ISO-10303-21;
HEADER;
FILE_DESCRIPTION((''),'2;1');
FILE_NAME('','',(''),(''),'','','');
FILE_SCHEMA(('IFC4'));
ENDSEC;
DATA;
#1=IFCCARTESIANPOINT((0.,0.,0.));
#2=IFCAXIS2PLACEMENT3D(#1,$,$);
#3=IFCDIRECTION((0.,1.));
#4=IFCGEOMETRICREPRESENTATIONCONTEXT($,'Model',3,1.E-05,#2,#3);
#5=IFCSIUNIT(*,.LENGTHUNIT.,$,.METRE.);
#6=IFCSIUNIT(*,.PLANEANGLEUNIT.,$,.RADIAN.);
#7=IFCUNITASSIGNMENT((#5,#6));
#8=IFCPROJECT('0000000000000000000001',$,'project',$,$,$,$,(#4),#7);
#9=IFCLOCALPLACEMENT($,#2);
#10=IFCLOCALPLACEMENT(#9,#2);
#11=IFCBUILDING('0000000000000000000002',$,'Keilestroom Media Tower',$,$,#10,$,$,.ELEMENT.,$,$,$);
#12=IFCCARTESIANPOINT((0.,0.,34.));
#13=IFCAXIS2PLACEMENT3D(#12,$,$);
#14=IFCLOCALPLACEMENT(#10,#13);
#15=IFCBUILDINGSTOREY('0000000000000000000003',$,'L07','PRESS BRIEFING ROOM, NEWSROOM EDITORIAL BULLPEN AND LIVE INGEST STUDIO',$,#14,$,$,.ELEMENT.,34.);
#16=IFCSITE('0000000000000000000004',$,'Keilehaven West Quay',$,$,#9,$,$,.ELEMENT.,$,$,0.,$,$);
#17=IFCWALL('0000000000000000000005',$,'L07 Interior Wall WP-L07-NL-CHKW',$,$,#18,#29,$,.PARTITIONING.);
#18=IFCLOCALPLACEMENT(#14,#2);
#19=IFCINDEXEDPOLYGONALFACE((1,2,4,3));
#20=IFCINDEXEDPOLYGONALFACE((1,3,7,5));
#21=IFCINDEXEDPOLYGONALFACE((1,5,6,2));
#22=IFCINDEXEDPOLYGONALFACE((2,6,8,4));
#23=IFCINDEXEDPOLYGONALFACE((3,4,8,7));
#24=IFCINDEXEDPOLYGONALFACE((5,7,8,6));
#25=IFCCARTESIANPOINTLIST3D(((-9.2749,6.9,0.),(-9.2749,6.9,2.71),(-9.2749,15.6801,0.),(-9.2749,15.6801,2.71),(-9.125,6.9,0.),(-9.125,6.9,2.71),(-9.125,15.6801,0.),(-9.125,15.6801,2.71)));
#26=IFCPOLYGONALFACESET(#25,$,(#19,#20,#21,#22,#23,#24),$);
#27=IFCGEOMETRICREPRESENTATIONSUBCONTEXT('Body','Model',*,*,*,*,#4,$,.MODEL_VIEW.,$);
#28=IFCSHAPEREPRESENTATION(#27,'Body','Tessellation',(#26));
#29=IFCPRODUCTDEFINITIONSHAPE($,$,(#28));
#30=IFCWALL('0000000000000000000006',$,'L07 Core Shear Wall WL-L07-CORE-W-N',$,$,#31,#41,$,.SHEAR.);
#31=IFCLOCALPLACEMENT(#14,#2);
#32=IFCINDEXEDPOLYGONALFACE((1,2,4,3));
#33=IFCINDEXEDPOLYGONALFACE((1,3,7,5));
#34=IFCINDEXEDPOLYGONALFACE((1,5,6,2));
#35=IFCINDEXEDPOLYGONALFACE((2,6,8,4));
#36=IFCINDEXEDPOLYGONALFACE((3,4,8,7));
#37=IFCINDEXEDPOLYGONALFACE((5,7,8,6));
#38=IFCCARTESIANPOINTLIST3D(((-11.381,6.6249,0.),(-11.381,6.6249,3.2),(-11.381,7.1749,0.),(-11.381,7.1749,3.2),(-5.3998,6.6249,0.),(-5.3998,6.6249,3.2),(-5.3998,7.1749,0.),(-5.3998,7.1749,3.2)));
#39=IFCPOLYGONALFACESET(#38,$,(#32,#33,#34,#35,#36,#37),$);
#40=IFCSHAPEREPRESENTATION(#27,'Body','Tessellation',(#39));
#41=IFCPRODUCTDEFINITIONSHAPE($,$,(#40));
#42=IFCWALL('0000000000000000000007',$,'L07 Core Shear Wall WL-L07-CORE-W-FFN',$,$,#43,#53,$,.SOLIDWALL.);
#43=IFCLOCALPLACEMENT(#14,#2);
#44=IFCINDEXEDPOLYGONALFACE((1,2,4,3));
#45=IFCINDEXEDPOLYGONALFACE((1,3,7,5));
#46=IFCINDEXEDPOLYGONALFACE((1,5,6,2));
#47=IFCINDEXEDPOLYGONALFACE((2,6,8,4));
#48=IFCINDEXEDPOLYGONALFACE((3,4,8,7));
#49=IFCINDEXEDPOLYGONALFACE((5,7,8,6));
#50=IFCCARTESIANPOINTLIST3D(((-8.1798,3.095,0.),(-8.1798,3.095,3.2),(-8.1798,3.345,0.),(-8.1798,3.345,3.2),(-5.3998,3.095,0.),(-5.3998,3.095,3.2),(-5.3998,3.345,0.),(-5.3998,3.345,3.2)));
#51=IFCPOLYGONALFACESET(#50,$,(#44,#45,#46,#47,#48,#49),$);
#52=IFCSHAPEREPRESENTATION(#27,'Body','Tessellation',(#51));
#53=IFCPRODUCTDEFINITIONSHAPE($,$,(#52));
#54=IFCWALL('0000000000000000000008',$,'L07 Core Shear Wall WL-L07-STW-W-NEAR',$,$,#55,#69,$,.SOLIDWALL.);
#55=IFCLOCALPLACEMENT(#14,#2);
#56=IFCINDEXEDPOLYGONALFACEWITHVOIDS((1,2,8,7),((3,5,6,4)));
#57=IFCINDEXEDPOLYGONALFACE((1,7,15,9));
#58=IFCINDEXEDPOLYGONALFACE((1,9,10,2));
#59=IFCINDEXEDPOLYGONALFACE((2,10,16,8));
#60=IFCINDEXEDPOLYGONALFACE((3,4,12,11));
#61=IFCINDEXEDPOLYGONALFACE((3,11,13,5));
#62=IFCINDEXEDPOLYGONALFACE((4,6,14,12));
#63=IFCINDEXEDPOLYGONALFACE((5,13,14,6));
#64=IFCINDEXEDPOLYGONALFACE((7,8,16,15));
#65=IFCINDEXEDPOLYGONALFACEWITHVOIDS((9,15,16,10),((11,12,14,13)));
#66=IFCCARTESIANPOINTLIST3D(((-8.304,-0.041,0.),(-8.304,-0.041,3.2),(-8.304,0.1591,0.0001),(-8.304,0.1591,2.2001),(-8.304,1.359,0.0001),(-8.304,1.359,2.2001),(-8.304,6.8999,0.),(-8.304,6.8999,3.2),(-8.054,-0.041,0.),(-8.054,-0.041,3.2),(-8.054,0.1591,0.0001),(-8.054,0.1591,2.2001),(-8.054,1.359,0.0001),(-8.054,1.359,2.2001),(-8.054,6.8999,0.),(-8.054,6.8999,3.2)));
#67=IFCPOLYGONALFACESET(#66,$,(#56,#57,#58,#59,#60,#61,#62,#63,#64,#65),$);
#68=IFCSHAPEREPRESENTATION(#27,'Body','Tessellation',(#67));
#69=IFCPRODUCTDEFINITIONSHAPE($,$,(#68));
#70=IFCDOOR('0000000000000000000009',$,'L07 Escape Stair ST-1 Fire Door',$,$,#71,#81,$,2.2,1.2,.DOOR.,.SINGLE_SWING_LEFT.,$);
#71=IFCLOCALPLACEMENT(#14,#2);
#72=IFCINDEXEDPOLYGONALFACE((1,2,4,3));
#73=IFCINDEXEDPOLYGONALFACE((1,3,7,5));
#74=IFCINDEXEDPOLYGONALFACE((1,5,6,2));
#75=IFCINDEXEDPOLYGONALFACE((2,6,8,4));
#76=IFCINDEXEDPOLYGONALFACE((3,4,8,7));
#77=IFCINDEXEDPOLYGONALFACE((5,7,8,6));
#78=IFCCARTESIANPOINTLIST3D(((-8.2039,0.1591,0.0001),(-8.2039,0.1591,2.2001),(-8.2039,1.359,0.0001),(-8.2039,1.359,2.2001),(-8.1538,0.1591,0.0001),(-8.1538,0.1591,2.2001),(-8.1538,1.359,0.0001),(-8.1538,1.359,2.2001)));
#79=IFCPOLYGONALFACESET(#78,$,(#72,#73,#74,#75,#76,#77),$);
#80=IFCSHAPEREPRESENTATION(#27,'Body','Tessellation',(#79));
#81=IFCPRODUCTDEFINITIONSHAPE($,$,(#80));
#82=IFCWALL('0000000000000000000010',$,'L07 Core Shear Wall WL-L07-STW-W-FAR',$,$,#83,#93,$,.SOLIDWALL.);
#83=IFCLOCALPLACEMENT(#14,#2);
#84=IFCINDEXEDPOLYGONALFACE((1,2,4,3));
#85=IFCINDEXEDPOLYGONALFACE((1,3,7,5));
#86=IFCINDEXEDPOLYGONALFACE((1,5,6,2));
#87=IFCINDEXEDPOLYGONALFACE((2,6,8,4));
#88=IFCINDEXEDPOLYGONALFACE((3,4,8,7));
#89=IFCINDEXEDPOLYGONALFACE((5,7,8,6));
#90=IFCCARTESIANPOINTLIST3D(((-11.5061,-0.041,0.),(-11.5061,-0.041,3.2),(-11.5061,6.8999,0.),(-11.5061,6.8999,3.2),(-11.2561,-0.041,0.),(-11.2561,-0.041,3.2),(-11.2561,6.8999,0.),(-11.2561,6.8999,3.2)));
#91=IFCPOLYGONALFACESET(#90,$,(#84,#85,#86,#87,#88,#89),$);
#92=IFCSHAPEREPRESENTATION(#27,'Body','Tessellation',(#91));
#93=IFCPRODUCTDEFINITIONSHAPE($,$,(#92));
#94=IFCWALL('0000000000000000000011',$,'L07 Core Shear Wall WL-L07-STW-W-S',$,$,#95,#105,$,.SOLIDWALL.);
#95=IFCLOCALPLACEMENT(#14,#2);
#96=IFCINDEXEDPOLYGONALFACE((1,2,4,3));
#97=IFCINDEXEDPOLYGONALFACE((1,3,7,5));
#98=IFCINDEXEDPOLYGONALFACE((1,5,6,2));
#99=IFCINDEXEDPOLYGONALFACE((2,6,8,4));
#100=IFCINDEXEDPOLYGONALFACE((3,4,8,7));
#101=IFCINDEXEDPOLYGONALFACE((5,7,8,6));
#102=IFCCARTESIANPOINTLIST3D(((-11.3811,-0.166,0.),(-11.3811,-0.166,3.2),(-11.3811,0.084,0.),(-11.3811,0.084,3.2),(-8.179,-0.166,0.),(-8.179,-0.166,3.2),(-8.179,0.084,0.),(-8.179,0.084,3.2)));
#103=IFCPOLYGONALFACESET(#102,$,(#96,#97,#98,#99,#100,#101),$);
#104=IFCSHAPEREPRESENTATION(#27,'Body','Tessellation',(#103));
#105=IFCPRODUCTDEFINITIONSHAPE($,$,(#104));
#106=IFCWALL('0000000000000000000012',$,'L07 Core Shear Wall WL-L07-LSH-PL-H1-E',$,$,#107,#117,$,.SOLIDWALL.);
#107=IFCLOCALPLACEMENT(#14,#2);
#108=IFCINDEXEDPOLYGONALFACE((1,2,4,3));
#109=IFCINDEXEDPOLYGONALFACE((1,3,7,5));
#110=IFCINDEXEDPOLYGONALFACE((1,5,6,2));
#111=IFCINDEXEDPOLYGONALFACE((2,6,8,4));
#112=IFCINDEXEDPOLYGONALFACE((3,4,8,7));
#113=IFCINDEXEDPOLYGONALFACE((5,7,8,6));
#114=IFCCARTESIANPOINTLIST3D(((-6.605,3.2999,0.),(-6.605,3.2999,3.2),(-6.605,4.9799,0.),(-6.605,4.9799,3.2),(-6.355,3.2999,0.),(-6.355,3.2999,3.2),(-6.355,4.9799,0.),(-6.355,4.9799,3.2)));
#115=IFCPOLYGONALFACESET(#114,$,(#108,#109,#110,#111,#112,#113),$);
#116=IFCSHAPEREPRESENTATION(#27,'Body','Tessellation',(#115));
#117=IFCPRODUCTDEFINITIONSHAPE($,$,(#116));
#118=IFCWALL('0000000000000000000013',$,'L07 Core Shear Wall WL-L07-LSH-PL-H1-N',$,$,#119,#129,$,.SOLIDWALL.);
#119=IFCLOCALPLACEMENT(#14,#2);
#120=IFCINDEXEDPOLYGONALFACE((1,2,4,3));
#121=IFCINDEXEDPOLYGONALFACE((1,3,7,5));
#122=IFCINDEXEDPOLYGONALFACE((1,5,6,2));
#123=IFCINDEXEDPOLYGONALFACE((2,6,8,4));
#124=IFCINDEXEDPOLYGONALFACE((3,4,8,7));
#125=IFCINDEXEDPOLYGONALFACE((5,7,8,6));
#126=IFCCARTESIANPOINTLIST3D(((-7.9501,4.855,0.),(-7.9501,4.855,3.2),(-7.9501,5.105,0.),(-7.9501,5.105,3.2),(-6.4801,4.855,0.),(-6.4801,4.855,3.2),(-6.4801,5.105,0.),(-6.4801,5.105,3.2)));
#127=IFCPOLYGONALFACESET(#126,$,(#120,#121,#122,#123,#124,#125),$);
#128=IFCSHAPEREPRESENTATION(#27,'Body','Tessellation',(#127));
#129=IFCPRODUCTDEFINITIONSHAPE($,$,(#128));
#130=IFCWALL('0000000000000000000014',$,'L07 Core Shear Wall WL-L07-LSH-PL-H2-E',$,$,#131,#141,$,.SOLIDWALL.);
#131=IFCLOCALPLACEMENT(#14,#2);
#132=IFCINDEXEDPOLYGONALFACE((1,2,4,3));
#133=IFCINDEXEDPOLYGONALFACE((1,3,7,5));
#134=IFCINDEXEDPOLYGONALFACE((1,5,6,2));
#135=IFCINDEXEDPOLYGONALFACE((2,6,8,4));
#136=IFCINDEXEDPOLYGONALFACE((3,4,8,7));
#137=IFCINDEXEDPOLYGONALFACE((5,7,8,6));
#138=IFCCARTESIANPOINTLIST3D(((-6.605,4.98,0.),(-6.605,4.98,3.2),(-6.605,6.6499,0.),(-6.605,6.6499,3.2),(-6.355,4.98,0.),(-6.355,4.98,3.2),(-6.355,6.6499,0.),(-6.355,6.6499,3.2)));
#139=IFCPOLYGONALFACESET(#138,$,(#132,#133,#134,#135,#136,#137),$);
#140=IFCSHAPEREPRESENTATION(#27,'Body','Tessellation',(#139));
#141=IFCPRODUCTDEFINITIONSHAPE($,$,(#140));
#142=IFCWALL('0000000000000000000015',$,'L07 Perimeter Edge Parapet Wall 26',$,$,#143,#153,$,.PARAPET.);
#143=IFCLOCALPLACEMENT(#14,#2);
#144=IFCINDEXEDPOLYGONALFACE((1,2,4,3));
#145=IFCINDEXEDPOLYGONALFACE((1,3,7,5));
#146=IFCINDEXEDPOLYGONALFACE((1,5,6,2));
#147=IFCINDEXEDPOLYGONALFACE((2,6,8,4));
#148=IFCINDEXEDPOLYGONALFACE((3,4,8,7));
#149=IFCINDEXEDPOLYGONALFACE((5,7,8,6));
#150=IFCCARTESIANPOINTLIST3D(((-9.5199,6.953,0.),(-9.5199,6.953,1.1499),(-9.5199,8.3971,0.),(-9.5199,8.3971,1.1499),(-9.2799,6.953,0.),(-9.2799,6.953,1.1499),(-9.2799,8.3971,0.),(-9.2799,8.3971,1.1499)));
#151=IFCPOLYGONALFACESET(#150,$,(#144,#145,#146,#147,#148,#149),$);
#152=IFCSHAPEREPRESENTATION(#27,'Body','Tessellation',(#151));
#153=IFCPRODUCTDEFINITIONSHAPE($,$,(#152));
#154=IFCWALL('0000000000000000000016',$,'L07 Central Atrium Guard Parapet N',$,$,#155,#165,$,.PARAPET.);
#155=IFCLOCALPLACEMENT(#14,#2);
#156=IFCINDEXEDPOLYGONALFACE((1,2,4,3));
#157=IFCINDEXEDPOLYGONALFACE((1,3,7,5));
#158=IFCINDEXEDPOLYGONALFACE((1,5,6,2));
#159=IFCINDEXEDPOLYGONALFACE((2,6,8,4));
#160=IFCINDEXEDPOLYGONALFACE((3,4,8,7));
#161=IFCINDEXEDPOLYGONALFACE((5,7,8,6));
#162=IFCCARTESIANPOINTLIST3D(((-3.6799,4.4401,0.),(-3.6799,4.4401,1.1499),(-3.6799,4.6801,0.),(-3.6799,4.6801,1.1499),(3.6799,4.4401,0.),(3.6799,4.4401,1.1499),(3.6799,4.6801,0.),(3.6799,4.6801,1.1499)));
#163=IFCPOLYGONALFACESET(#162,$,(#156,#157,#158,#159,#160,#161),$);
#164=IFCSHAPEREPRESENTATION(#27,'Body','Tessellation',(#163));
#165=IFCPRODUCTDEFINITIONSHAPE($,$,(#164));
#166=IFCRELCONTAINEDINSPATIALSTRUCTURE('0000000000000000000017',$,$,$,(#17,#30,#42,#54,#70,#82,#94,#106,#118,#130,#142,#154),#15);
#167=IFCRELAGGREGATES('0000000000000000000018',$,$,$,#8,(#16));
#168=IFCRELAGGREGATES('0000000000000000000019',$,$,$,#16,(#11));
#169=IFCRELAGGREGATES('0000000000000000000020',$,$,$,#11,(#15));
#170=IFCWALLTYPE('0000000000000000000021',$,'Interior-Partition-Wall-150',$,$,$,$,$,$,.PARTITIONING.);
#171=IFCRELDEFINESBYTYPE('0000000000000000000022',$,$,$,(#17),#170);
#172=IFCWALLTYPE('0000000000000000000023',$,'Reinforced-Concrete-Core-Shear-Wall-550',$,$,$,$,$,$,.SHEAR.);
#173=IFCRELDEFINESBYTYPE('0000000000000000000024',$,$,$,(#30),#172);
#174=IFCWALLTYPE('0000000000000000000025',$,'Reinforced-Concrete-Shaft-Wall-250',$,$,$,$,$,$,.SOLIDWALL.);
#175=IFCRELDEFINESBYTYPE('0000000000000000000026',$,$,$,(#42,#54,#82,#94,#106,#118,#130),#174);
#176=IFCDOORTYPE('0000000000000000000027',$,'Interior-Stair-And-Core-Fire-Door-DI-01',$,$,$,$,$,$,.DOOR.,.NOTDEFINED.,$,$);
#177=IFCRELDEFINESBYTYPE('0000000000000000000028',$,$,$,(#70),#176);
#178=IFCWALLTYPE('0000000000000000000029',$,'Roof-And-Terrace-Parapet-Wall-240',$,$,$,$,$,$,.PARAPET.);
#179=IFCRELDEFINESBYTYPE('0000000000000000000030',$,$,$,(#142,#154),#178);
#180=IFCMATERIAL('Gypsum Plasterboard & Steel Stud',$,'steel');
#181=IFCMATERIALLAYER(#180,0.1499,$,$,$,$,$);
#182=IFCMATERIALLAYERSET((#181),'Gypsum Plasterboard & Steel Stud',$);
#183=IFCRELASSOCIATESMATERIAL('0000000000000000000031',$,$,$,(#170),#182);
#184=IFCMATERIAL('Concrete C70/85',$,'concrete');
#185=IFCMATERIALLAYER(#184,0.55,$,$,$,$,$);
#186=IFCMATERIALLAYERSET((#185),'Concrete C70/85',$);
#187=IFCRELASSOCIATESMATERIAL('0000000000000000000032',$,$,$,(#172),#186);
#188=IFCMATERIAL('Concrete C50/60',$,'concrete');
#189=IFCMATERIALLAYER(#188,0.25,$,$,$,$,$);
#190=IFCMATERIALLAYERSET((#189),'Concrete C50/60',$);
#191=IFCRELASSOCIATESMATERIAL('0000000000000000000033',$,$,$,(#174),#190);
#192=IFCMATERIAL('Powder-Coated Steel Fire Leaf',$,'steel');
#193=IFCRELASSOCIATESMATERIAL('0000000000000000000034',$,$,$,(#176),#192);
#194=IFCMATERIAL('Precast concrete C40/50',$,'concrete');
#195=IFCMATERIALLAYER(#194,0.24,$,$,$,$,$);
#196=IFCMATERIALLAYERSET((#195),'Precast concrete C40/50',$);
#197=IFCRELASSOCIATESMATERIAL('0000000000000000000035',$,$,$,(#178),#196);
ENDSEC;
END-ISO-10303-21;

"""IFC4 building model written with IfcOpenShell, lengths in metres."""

from ifc_helpers import new_model, si_unit, direction, frame, frame_2d, origin, place, context, subcontext, project, spatial, rectangle, extrude, source, transform, mapped, material, layer, layer_set, type_object, element, fill, save


model = new_model("IFC4")

# Units and contexts
model_context = context("Model", 3, precision=1e-05, world=origin(), true_north=direction((0.0, 1.0)))
body_context = subcontext(model_context, "Body", "Model", "MODEL_VIEW")
ifc_project = project(units=[si_unit("LENGTHUNIT", "METRE"), si_unit("PLANEANGLEUNIT", "RADIAN")], contexts=[model_context])

# Site, building, storey
site_placement = place(None, origin())
site = spatial("IfcSite", under=ifc_project, at=site_placement, Name="Keilehaven West Quay", CompositionType="ELEMENT", RefElevation=0.0)
building_placement = place(site_placement, origin())
building = spatial("IfcBuilding", under=site, at=building_placement, Name="Keilestroom Media Tower", CompositionType="ELEMENT")
storey_placement = place(building_placement, frame((0.0, 0.0, 34.0)))
storey = spatial("IfcBuildingStorey", under=building, at=storey_placement, Name="L07", Description="PRESS BRIEFING ROOM, NEWSROOM EDITORIAL BULLPEN AND LIVE INGEST STUDIO", CompositionType="ELEMENT", Elevation=34.0)

# Shared definitions
ifc_material_1 = material(Name="Concrete C70/85", Category="concrete")

# Shared definitions
ifc_material_2 = material(Name="Concrete C50/60", Category="concrete")

# Walls
ifc_material_3 = material(Name="Gypsum Plasterboard & Steel Stud", Category="steel")
ifc_layer_1 = layer(ifc_material_3, 0.1499)
ifc_layer_set_1 = layer_set([ifc_layer_1], Name="Gypsum Plasterboard & Steel Stud")
wall_type_1 = type_object("IfcWallType", Name="Interior-Partition-Wall-150", PredefinedType="PARTITIONING", material=ifc_layer_set_1)
wall_1_placement = place(storey_placement, frame((-9.2, 6.8999, 0.0), z_axis=(0.0, 0.0, 1.0), x_axis=(0.0, 1.0, 0.0)))
element("IfcWall", 1, at=wall_1_placement, inside=storey, type_object=wall_type_1, Name="L07 Interior Wall WP-L07-NL-CHKW", PredefinedType="PARTITIONING", context=body_context, shape_type="SweptSolid", body=[
    extrude(rectangle(XDim=8.78, YDim=0.1499, at=frame_2d((4.3901, 0.0))), origin(), (0.0, 0.0, 1.0), 2.71),
])
ifc_layer_2 = layer(ifc_material_1, 0.55)
ifc_layer_set_2 = layer_set([ifc_layer_2], Name="Concrete C70/85")
wall_type_2 = type_object("IfcWallType", Name="Reinforced-Concrete-Core-Shear-Wall-550", PredefinedType="SHEAR", material=ifc_layer_set_2)
wall_2_placement = place(storey_placement, frame((-11.3811, 6.8999, 0.0), z_axis=(0.0, 0.0, 1.0), x_axis=(1.0, 0.0, 0.0)))
element("IfcWall", 2, at=wall_2_placement, inside=storey, type_object=wall_type_2, Name="L07 Core Shear Wall WL-L07-CORE-W-N", PredefinedType="SHEAR", context=body_context, shape_type="SweptSolid", body=[
    extrude(rectangle(XDim=5.9812, YDim=0.55, at=frame_2d((2.9907, 0.0))), origin(), (0.0, 0.0, 1.0), 3.2),
])
ifc_layer_3 = layer(ifc_material_2, 0.25)
ifc_layer_set_3 = layer_set([ifc_layer_3], Name="Concrete C50/60")
wall_type_3 = type_object("IfcWallType", Name="Reinforced-Concrete-Shaft-Wall-250", PredefinedType="SOLIDWALL", material=ifc_layer_set_3)
wall_3_placement = place(storey_placement, frame((-8.1799, 3.22, 0.0), z_axis=(0.0, 0.0, 1.0), x_axis=(1.0, 0.0, 0.0)))
element("IfcWall", 3, at=wall_3_placement, inside=storey, type_object=wall_type_3, Name="L07 Core Shear Wall WL-L07-CORE-W-FFN", PredefinedType="SOLIDWALL", context=body_context, shape_type="SweptSolid", body=[
    extrude(rectangle(XDim=2.78, YDim=0.25, at=frame_2d((1.3901, 0.0))), origin(), (0.0, 0.0, 1.0), 3.2),
])

# Wall, opening, door
wall_4_placement = place(storey_placement, frame((-8.179, -0.041, 0.0), z_axis=(0.0, 0.0, 1.0), x_axis=(0.0, 1.0, 0.0)))
wall_4 = element("IfcWall", 4, at=wall_4_placement, inside=storey, type_object=wall_type_3, Name="L07 Core Shear Wall WL-L07-STW-W-NEAR", PredefinedType="SOLIDWALL", context=body_context, shape_type="SweptSolid", body=[
    extrude(rectangle(XDim=6.9409, YDim=0.25, at=frame_2d((3.4705, 0.0))), origin(), (0.0, 0.0, 1.0), 3.2),
])
opening_placement = place(wall_4_placement, frame((0.2, 0.0, 0.0)))
opening = element("IfcOpeningElement", 5, at=opening_placement, cuts=wall_4, PredefinedType="OPENING", context=body_context, shape_type="SweptSolid", body=[
    extrude(rectangle(XDim=1.2, YDim=2.2, at=frame_2d((0.6001, 1.1001))), frame((0.0, 0.135, 0.0), z_axis=(0.0, -1.0, 0.0), x_axis=(1.0, 0.0, 0.0)), (0.0, 0.0, 1.0), 0.27),
])
ifc_material_4 = material(Name="Powder-Coated Steel Fire Leaf", Category="steel")
door_type = type_object("IfcDoorType", Name="Interior-Stair-And-Core-Fire-Door-DI-01", OperationType="NOTDEFINED", PredefinedType="DOOR", material=ifc_material_4)
shared_shape_1 = source(origin(), body_context, "Body", "SweptSolid", [
    extrude(rectangle(XDim=1.2, YDim=2.2, at=frame_2d((0.6001, 1.1001))), frame((0.0, 0.0249, 0.0), z_axis=(0.0, -1.0, 0.0), x_axis=(1.0, 0.0, 0.0)), (0.0, 0.0, 1.0), 0.05),
])
door_placement = place(opening_placement, origin())
door = element("IfcDoor", 6, at=door_placement, inside=storey, type_object=door_type, Name="L07 Escape Stair ST-1 Fire Door", OperationType="SINGLE_SWING_LEFT", OverallHeight=2.2, OverallWidth=1.2, PredefinedType="DOOR", context=body_context, shape_type="MappedRepresentation", body=[
    mapped(shared_shape_1, transform((0.0, 0.0, 0.0), x_axis=(1.0, 0.0, 0.0), y_axis=(0.0, 1.0, 0.0), z_axis=(0.0, 0.0, 1.0), scale=1.0)),
])
fill(opening, door)

# Walls
wall_5_placement = place(storey_placement, frame((-11.3811, -0.041, 0.0), z_axis=(0.0, 0.0, 1.0), x_axis=(0.0, 1.0, 0.0)))
element("IfcWall", 7, at=wall_5_placement, inside=storey, type_object=wall_type_3, Name="L07 Core Shear Wall WL-L07-STW-W-FAR", PredefinedType="SOLIDWALL", context=body_context, shape_type="SweptSolid", body=[
    extrude(rectangle(XDim=6.9409, YDim=0.25, at=frame_2d((3.4705, 0.0))), origin(), (0.0, 0.0, 1.0), 3.2),
])
wall_6_placement = place(storey_placement, frame((-11.3811, -0.041, 0.0), z_axis=(0.0, 0.0, 1.0), x_axis=(1.0, 0.0, 0.0)))
element("IfcWall", 8, at=wall_6_placement, inside=storey, type_object=wall_type_3, Name="L07 Core Shear Wall WL-L07-STW-W-S", PredefinedType="SOLIDWALL", context=body_context, shape_type="SweptSolid", body=[
    extrude(rectangle(XDim=3.2021, YDim=0.25, at=frame_2d((1.6011, 0.0))), origin(), (0.0, 0.0, 1.0), 3.2),
])
wall_7_placement = place(storey_placement, frame((-6.48, 3.3, 0.0), z_axis=(0.0, 0.0, 1.0), x_axis=(0.0, 1.0, 0.0)))
element("IfcWall", 9, at=wall_7_placement, inside=storey, type_object=wall_type_3, Name="L07 Core Shear Wall WL-L07-LSH-PL-H1-E", PredefinedType="SOLIDWALL", context=body_context, shape_type="SweptSolid", body=[
    extrude(rectangle(XDim=1.6799, YDim=0.25, at=frame_2d((0.8398, 0.0))), origin(), (0.0, 0.0, 1.0), 3.2),
])
wall_8_placement = place(storey_placement, frame((-7.95, 4.98, 0.0), z_axis=(0.0, 0.0, 1.0), x_axis=(1.0, 0.0, 0.0)))
element("IfcWall", 10, at=wall_8_placement, inside=storey, type_object=wall_type_3, Name="L07 Core Shear Wall WL-L07-LSH-PL-H1-N", PredefinedType="SOLIDWALL", context=body_context, shape_type="SweptSolid", body=[
    extrude(rectangle(XDim=1.47, YDim=0.25, at=frame_2d((0.7349, 0.0))), origin(), (0.0, 0.0, 1.0), 3.2),
])
wall_9_placement = place(storey_placement, frame((-6.48, 4.98, 0.0), z_axis=(0.0, 0.0, 1.0), x_axis=(0.0, 1.0, 0.0)))
element("IfcWall", 11, at=wall_9_placement, inside=storey, type_object=wall_type_3, Name="L07 Core Shear Wall WL-L07-LSH-PL-H2-E", PredefinedType="SOLIDWALL", context=body_context, shape_type="SweptSolid", body=[
    extrude(rectangle(XDim=1.6699, YDim=0.25, at=frame_2d((0.835, 0.0))), origin(), (0.0, 0.0, 1.0), 3.2),
])
ifc_material_5 = material(Name="Precast concrete C40/50", Category="concrete")
ifc_layer_4 = layer(ifc_material_5, 0.24)
ifc_layer_set_4 = layer_set([ifc_layer_4], Name="Precast concrete C40/50")
wall_type_4 = type_object("IfcWallType", Name="Roof-And-Terrace-Parapet-Wall-240", PredefinedType="PARAPET", material=ifc_layer_set_4)
wall_10_placement = place(storey_placement, frame((-9.3999, 6.9529, 0.0), z_axis=(0.0, 0.0, 1.0), x_axis=(0.0, 1.0, 0.0)))
element("IfcWall", 12, at=wall_10_placement, inside=storey, type_object=wall_type_4, Name="L07 Perimeter Edge Parapet Wall 26", PredefinedType="PARAPET", context=body_context, shape_type="SweptSolid", body=[
    extrude(rectangle(XDim=1.4441, YDim=0.24, at=frame_2d((0.7222, 0.0))), origin(), (0.0, 0.0, 1.0), 1.1499),
])
wall_11_placement = place(storey_placement, frame((-3.6799, 4.5601, 0.0), z_axis=(0.0, 0.0, 1.0), x_axis=(1.0, 0.0, 0.0)))
element("IfcWall", 13, at=wall_11_placement, inside=storey, type_object=wall_type_4, Name="L07 Central Atrium Guard Parapet N", PredefinedType="PARAPET", context=body_context, shape_type="SweptSolid", body=[
    extrude(rectangle(XDim=7.3599, YDim=0.24, at=frame_2d((3.6799, 0.0))), origin(), (0.0, 0.0, 1.0), 1.1499),
])

save(model, "model.ifc")
